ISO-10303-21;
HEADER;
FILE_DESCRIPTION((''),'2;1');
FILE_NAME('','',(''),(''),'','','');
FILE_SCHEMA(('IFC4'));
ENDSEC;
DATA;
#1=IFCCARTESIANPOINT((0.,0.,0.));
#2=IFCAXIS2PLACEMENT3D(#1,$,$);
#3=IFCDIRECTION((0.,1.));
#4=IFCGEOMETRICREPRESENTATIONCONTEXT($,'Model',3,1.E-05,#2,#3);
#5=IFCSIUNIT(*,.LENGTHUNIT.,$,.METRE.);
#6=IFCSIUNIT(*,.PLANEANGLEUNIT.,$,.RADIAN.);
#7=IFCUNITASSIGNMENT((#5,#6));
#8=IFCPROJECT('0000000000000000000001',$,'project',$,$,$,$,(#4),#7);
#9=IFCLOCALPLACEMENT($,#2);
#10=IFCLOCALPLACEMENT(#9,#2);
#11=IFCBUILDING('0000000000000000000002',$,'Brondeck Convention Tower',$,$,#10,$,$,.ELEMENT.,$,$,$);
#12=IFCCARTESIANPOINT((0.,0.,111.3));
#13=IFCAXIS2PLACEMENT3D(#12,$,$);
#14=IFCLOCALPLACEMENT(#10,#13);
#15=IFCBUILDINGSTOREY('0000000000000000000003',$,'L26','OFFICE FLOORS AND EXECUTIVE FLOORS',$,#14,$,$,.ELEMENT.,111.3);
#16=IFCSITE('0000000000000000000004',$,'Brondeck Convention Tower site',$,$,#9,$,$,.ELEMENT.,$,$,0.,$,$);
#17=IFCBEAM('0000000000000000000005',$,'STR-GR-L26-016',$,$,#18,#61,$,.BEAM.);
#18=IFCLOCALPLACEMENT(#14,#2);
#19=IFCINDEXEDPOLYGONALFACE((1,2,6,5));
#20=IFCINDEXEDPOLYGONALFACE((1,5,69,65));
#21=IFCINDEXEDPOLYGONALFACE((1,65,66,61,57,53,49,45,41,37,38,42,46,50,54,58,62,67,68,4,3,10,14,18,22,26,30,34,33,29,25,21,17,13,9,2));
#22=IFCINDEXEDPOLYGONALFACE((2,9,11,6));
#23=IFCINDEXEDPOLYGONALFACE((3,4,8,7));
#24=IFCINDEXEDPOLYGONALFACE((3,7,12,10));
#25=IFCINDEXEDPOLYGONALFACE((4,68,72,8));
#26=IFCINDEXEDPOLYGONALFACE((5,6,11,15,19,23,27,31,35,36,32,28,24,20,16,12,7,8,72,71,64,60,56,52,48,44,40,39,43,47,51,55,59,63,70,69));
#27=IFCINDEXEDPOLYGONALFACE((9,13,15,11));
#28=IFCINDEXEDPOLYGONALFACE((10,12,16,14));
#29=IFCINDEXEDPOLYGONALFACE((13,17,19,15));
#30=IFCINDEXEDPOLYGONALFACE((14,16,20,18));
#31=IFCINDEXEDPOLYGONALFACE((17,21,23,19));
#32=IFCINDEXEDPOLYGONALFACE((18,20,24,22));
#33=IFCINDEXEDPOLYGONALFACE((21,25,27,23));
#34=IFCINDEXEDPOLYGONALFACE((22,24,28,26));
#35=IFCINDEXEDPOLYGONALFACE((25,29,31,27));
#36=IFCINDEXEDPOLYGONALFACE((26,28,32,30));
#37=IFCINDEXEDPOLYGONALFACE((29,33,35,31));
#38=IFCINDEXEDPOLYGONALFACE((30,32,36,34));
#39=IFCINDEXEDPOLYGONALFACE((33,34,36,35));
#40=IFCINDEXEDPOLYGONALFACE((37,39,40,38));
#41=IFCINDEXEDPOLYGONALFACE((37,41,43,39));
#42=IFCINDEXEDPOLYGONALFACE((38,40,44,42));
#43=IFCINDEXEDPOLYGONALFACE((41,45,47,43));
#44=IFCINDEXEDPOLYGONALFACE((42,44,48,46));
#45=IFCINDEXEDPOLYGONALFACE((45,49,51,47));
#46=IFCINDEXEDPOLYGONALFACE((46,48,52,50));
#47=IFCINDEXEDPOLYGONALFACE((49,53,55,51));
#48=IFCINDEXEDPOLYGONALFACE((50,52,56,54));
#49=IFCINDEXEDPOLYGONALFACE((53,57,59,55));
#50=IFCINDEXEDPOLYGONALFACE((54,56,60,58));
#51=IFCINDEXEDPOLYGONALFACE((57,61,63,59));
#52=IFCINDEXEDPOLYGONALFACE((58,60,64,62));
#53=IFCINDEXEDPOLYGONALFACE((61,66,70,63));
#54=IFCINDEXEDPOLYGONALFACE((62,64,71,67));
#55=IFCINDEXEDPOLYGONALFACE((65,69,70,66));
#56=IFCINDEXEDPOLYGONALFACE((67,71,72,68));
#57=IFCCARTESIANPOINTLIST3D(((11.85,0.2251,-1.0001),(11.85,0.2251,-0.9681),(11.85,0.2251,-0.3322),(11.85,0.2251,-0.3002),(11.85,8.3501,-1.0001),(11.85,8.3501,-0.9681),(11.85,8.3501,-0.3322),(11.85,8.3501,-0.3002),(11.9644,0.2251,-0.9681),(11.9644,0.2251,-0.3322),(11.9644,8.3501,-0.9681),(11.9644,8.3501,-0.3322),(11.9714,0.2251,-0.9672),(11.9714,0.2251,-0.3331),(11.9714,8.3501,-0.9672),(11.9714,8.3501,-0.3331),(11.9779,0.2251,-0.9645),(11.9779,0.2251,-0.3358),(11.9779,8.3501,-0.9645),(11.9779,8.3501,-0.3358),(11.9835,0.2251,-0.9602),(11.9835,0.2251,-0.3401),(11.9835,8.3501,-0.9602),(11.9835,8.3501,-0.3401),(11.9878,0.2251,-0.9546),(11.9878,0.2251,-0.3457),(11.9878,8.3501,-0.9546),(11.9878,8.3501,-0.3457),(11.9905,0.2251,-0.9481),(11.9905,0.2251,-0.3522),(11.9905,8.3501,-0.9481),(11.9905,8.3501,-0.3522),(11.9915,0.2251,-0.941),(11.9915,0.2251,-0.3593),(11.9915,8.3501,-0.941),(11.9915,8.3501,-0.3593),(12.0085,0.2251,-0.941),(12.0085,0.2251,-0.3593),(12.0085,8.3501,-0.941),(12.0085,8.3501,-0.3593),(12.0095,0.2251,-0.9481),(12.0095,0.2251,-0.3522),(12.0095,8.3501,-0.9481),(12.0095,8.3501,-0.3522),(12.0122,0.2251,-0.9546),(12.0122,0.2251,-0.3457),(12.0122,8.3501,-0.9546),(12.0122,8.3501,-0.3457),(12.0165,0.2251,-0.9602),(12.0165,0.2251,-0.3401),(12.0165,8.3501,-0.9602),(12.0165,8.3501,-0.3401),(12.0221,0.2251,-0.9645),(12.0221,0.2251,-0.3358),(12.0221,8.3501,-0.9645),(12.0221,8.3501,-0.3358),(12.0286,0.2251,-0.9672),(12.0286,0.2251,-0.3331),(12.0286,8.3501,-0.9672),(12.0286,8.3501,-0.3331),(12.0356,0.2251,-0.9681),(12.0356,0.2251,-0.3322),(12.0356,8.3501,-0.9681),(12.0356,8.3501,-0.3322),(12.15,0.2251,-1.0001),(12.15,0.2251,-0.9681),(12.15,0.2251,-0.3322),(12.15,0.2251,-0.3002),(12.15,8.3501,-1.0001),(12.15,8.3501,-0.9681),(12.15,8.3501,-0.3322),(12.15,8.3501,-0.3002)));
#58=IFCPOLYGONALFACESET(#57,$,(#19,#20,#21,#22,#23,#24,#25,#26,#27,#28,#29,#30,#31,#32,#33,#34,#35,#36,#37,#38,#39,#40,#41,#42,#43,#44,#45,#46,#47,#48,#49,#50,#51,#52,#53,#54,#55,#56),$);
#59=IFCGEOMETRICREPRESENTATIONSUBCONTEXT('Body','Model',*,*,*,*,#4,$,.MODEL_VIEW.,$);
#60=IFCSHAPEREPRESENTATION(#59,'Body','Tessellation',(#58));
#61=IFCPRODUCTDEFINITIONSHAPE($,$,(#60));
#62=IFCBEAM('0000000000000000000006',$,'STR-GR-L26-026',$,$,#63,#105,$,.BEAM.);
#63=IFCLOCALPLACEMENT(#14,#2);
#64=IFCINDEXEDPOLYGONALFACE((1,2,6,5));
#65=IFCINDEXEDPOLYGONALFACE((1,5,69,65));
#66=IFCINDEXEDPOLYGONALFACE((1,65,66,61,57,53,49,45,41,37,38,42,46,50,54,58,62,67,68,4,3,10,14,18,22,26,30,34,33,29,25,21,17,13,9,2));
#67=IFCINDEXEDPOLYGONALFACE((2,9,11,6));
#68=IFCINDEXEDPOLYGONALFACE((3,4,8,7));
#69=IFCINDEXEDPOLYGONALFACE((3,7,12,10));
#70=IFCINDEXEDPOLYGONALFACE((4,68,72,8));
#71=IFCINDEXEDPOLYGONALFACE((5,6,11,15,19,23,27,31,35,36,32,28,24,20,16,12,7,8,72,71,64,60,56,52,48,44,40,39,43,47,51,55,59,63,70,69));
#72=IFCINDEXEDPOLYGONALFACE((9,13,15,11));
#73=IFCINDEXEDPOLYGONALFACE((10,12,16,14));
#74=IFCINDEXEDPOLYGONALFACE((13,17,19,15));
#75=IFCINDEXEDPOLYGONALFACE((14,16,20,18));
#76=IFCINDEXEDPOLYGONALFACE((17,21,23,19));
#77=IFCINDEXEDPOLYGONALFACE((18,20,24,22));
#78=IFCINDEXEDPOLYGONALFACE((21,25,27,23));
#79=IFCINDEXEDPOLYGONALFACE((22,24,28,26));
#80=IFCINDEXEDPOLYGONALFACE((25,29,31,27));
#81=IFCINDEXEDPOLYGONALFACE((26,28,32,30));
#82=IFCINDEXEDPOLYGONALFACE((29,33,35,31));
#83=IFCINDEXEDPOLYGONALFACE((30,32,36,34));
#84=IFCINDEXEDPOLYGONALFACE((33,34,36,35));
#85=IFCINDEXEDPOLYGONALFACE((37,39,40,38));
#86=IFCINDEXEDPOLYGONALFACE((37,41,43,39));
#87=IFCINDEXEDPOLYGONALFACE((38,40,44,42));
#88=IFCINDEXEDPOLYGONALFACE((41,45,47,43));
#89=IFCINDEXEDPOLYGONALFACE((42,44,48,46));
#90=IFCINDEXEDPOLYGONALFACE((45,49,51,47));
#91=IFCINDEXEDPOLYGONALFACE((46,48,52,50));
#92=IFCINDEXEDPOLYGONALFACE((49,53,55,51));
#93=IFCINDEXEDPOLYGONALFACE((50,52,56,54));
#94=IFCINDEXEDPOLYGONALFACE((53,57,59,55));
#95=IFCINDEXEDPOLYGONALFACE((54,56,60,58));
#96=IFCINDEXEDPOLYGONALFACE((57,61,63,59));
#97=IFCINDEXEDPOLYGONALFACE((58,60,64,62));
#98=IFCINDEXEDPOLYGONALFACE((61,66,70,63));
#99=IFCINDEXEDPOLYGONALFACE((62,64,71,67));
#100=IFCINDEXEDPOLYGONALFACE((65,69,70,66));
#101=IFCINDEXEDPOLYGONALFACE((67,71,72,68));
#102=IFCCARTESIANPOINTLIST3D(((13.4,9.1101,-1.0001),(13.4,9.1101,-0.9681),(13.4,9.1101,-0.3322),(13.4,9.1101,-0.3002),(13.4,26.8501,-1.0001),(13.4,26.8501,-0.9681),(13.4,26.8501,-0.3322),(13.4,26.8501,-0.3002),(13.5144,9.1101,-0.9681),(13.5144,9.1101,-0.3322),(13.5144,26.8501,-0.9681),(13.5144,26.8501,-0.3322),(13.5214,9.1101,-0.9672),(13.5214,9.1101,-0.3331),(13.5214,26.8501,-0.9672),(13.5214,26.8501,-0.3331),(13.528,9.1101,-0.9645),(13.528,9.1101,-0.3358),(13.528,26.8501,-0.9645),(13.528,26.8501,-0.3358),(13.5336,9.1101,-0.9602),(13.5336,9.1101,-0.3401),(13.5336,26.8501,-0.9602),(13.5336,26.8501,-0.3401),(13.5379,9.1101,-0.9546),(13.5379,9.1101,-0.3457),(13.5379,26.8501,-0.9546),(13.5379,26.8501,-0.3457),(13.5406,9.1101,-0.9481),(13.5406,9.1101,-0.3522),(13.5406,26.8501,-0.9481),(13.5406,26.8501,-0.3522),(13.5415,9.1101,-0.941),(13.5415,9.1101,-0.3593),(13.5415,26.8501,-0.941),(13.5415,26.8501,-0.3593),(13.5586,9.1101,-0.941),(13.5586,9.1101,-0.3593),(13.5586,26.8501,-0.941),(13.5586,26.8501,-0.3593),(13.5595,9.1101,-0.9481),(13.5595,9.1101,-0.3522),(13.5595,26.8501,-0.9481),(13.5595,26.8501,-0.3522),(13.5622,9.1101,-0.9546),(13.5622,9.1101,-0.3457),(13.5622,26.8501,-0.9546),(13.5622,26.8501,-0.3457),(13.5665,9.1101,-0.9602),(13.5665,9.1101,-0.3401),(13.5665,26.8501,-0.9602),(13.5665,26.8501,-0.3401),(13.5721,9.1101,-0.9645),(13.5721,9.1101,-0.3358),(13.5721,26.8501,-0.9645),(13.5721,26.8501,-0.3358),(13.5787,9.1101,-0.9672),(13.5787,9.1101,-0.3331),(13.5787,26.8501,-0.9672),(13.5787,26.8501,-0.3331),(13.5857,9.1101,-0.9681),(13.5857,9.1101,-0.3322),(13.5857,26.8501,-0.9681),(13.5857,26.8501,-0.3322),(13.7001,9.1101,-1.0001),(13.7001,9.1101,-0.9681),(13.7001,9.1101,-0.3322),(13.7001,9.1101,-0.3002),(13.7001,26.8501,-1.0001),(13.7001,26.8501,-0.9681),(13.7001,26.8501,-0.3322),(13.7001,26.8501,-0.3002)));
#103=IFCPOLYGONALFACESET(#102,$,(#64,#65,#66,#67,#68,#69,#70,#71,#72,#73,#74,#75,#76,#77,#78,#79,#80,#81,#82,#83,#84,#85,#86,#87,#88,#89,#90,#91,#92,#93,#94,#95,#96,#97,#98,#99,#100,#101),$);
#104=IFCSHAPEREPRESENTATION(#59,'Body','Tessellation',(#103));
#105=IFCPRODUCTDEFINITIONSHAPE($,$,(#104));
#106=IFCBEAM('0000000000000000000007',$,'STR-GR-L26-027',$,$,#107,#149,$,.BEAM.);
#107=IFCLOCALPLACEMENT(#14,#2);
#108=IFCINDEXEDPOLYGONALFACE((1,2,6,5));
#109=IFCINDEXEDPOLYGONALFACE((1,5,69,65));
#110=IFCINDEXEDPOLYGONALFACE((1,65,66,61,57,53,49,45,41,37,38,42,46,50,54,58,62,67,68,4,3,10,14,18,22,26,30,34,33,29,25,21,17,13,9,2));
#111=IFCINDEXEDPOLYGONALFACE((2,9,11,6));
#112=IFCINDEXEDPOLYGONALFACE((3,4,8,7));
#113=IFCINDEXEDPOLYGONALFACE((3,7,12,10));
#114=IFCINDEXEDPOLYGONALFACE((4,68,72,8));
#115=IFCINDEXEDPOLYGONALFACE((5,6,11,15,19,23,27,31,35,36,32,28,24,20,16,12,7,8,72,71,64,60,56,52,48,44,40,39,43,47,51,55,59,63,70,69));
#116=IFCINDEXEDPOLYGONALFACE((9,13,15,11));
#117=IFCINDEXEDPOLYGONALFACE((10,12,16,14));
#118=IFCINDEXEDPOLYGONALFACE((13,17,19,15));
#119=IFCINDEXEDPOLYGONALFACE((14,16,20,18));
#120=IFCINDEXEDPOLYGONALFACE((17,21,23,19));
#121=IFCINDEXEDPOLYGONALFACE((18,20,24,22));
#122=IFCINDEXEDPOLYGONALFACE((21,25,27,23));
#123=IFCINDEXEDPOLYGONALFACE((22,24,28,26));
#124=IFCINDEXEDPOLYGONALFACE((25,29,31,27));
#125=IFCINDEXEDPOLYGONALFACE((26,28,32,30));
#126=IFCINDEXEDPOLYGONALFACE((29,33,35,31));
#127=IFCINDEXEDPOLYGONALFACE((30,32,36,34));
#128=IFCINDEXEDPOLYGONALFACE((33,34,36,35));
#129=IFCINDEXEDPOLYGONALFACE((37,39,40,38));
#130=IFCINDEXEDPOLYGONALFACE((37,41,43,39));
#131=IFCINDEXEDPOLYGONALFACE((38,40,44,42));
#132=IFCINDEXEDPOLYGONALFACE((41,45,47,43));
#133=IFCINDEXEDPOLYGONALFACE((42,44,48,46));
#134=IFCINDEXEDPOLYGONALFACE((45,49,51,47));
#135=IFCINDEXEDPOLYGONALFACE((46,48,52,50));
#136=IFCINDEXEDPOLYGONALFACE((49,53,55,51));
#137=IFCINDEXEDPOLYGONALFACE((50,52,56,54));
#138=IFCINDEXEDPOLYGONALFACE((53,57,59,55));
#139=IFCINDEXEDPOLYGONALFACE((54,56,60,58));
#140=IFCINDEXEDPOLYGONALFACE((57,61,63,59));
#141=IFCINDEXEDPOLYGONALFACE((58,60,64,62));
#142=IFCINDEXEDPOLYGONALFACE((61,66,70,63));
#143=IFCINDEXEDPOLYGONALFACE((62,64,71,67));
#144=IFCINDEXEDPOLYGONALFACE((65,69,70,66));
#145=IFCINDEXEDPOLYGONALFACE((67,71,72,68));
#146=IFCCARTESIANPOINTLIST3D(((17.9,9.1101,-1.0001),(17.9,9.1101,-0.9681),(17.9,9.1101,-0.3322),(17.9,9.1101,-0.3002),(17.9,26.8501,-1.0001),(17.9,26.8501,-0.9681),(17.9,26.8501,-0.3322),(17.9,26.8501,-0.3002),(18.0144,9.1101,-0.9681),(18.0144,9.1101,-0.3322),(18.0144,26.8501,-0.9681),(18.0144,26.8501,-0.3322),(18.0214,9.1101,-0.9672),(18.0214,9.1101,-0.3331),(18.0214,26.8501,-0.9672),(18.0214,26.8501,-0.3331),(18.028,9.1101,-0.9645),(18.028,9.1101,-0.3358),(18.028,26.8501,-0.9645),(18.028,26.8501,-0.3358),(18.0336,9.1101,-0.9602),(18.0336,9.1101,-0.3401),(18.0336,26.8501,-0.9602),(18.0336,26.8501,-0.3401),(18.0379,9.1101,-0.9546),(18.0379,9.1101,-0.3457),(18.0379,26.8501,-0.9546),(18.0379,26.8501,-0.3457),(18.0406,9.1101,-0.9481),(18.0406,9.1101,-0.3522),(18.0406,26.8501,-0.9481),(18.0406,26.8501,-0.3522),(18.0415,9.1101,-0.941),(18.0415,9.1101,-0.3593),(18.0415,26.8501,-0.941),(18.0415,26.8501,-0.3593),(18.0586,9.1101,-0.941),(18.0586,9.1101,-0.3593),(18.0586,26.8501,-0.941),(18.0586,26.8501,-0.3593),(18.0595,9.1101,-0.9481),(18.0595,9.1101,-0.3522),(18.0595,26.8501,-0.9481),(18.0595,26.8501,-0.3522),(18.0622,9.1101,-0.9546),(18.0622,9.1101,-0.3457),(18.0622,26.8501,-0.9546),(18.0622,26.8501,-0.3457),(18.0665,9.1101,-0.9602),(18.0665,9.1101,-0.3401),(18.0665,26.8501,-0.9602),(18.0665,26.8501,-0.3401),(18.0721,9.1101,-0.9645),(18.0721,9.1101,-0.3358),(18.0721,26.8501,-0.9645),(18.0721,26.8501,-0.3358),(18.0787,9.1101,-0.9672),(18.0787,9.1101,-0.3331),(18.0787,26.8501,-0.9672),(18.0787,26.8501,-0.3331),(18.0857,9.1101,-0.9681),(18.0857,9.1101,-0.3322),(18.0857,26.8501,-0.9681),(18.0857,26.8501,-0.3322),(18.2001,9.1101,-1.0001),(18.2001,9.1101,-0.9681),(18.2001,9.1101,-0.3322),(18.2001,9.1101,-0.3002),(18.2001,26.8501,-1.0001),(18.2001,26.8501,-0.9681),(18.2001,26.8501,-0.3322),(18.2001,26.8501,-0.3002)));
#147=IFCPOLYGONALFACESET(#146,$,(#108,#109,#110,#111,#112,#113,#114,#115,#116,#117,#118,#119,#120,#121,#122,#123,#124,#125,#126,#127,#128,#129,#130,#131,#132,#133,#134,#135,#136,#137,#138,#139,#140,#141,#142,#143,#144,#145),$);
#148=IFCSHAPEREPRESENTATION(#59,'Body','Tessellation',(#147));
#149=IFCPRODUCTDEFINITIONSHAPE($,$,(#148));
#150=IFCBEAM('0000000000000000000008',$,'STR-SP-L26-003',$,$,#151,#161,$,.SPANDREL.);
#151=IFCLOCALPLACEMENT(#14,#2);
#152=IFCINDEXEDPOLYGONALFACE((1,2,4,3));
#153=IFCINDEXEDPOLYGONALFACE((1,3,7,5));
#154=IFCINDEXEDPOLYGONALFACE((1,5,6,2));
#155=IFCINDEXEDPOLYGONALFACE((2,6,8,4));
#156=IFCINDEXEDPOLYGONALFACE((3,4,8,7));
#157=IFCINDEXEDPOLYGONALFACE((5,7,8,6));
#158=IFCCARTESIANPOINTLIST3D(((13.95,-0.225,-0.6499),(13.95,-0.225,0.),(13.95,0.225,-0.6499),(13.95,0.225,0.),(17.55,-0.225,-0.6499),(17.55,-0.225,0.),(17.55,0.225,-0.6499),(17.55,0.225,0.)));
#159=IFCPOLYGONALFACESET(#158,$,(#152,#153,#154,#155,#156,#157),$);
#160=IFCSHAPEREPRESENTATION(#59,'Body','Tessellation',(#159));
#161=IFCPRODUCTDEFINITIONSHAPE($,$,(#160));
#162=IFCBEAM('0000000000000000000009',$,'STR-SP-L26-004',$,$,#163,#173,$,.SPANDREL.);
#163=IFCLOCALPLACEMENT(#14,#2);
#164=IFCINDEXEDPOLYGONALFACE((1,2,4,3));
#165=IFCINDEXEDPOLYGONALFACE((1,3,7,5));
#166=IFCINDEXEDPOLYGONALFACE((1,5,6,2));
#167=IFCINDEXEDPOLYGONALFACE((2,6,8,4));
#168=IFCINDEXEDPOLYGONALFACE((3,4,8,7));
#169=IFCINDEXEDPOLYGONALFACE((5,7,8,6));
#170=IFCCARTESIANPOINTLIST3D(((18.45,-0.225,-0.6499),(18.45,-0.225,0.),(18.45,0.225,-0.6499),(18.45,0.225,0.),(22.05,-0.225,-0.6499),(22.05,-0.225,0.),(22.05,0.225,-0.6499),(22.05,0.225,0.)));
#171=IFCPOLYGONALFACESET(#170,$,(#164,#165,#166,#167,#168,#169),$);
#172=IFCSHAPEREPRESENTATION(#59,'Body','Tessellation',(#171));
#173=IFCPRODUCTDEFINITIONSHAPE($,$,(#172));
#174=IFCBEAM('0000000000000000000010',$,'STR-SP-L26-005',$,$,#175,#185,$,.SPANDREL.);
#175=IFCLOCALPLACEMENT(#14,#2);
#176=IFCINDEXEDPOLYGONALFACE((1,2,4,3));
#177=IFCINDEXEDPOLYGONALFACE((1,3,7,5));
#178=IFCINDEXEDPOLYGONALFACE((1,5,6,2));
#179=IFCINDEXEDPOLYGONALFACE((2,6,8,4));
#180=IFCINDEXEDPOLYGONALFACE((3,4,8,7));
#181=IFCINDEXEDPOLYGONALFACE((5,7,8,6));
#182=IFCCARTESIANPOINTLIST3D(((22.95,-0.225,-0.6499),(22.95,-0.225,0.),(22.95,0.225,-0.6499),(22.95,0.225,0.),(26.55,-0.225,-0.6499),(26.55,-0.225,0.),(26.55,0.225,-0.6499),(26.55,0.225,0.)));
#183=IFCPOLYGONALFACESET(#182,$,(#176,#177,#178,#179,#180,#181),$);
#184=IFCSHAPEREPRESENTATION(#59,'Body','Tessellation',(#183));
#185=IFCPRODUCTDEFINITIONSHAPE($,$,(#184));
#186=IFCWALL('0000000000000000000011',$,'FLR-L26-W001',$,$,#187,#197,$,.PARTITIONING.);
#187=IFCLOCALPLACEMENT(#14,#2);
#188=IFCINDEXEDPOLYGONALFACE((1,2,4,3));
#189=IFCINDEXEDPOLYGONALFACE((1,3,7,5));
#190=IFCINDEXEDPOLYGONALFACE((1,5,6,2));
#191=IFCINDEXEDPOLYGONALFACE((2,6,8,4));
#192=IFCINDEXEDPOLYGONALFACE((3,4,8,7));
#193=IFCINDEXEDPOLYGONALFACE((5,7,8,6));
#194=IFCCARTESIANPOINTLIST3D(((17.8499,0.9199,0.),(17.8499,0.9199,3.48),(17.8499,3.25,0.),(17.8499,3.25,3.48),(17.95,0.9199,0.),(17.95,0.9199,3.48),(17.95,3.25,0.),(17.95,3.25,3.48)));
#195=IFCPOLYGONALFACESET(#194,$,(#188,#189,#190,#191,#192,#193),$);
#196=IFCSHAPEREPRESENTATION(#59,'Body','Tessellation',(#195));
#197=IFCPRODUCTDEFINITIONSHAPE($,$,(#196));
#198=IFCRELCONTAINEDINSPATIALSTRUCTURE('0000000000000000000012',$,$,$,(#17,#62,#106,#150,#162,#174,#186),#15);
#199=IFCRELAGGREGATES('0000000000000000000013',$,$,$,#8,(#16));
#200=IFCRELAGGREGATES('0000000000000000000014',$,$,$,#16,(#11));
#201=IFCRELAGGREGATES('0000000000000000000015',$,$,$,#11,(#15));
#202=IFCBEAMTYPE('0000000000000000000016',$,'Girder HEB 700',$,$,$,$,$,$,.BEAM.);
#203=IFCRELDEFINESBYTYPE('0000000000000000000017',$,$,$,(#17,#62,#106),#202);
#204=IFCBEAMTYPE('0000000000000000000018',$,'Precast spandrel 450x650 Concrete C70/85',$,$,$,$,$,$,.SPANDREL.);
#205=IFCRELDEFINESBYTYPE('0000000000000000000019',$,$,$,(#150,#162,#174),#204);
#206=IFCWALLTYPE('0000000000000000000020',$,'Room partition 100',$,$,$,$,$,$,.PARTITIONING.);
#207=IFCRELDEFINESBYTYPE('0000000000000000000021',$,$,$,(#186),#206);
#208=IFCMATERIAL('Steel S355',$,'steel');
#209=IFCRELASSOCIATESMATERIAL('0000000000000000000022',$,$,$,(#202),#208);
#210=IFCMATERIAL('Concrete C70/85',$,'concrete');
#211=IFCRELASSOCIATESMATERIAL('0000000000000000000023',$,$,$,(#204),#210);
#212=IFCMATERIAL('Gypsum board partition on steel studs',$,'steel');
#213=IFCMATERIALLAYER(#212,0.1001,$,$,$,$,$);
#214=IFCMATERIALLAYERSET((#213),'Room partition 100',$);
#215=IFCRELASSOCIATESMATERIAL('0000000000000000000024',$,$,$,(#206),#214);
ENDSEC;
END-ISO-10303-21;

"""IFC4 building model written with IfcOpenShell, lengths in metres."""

from ifc_helpers import new_model, si_unit, direction, frame, frame_2d, origin, origin_2d, place, context, subcontext, project, spatial, rectangle, i_section, extrude, material, layer, layer_set, material_profile, profile_set, type_object, element, save


model = new_model("IFC4")

# Units and contexts
model_context = context("Model", 3, precision=1e-05, world=origin(), true_north=direction((0.0, 1.0)))
body_context = subcontext(model_context, "Body", "Model", "MODEL_VIEW")
ifc_project = project(units=[si_unit("LENGTHUNIT", "METRE"), si_unit("PLANEANGLEUNIT", "RADIAN")], contexts=[model_context])

# Site, building, storey
site_placement = place(None, origin())
site = spatial("IfcSite", under=ifc_project, at=site_placement, Name="Brondeck Convention Tower site", CompositionType="ELEMENT", RefElevation=0.0)
building_placement = place(site_placement, origin())
building = spatial("IfcBuilding", under=site, at=building_placement, Name="Brondeck Convention Tower", CompositionType="ELEMENT")
storey_placement = place(building_placement, frame((0.0, 0.0, 111.3)))
storey = spatial("IfcBuildingStorey", under=building, at=storey_placement, Name="L26", Description="OFFICE FLOORS AND EXECUTIVE FLOORS", CompositionType="ELEMENT", Elevation=111.3)

# Shared definitions
ifc_material_1 = material(Name="Concrete C70/85", Category="concrete")

# Beams
ifc_material_2 = material(Name="Steel S355", Category="steel")
ifc_material_profile_1 = material_profile(ifc_material_2, i_section(OverallWidth=0.3, OverallDepth=0.7, WebThickness=0.0171, FlangeThickness=0.032, FilletRadius=0.0271, at=origin_2d()), Name="HEB 700")
ifc_profile_set_1 = profile_set([ifc_material_profile_1], Name="Steel S355")
beam_type_1 = type_object("IfcBeamType", Name="Girder HEB 700", PredefinedType="BEAM", material=ifc_profile_set_1)
beam_1_placement = place(storey_placement, frame((12.0, 8.3501, -0.6501), z_axis=(0.0, -1.0, 0.0), x_axis=(1.0, 0.0, 0.0)))
element("IfcBeam", 1, at=beam_1_placement, inside=storey, type_object=beam_type_1, Name="STR-GR-L26-016", PredefinedType="BEAM", context=body_context, shape_type="SweptSolid", body=[
    extrude(i_section(OverallWidth=0.3, OverallDepth=0.7, WebThickness=0.0171, FlangeThickness=0.032, FilletRadius=0.0271, at=origin_2d()), origin(), (0.0, 0.0, 1.0), 8.125),
])
for number, where, z_axis, x_axis, name in (
    (2, (13.55, 9.1101, -0.6501), (0.0, 1.0, 0.0), (-1.0, 0.0, 0.0), "STR-GR-L26-026"),
    (3, (18.05, 9.1101, -0.6501), (0.0, 1.0, 0.0), (-1.0, 0.0, 0.0), "STR-GR-L26-027"),
):
    element("IfcBeam", number, at=place(storey_placement, frame(where, z_axis=z_axis, x_axis=x_axis)), inside=storey, type_object=beam_type_1, Name=name, PredefinedType="BEAM", context=body_context, shape_type="SweptSolid", body=[
        extrude(i_section(OverallWidth=0.3, OverallDepth=0.7, WebThickness=0.0171, FlangeThickness=0.032, FilletRadius=0.0271, at=origin_2d()), origin(), (0.0, 0.0, 1.0), 17.74),
    ])
ifc_material_profile_2 = material_profile(ifc_material_1, rectangle(XDim=0.45, YDim=0.6499, at=origin_2d()), Name="Precast spandrel 450x650 Concrete C70/85")
ifc_profile_set_2 = profile_set([ifc_material_profile_2], Name="Concrete C70/85")
beam_type_2 = type_object("IfcBeamType", Name="Precast spandrel 450x650 Concrete C70/85", PredefinedType="SPANDREL", material=ifc_profile_set_2)
for number, where, z_axis, x_axis, name in (
    (4, (13.95, 0.0, -0.325), (1.0, 0.0, 0.0), (0.0, 1.0, 0.0), "STR-SP-L26-003"),
    (5, (18.45, 0.0, -0.325), (1.0, 0.0, 0.0), (0.0, 1.0, 0.0), "STR-SP-L26-004"),
    (6, (22.95, 0.0, -0.325), (1.0, 0.0, 0.0), (0.0, 1.0, 0.0), "STR-SP-L26-005"),
):
    element("IfcBeam", number, at=place(storey_placement, frame(where, z_axis=z_axis, x_axis=x_axis)), inside=storey, type_object=beam_type_2, Name=name, PredefinedType="SPANDREL", context=body_context, shape_type="SweptSolid", body=[
        extrude(rectangle(XDim=0.45, YDim=0.6499, at=origin_2d()), origin(), (0.0, 0.0, 1.0), 3.6001),
    ])

# Wall
ifc_material_3 = material(Name="Gypsum board partition on steel studs", Category="steel")
ifc_layer_1 = layer(ifc_material_3, 0.1001)
ifc_layer_set_1 = layer_set([ifc_layer_1], Name="Room partition 100")
wall_type_1 = type_object("IfcWallType", Name="Room partition 100", PredefinedType="PARTITIONING", material=ifc_layer_set_1)
wall_1_placement = place(storey_placement, frame((17.8999, 0.9199, 0.0), z_axis=(0.0, 0.0, 1.0), x_axis=(0.0, 1.0, 0.0)))
element("IfcWall", 7, at=wall_1_placement, inside=storey, type_object=wall_type_1, Name="FLR-L26-W001", PredefinedType="PARTITIONING", context=body_context, shape_type="SweptSolid", body=[
    extrude(rectangle(XDim=2.3301, YDim=0.1001, at=frame_2d((1.165, 0.0))), origin(), (0.0, 0.0, 1.0), 3.48),
])

save(model, "model.ifc")
